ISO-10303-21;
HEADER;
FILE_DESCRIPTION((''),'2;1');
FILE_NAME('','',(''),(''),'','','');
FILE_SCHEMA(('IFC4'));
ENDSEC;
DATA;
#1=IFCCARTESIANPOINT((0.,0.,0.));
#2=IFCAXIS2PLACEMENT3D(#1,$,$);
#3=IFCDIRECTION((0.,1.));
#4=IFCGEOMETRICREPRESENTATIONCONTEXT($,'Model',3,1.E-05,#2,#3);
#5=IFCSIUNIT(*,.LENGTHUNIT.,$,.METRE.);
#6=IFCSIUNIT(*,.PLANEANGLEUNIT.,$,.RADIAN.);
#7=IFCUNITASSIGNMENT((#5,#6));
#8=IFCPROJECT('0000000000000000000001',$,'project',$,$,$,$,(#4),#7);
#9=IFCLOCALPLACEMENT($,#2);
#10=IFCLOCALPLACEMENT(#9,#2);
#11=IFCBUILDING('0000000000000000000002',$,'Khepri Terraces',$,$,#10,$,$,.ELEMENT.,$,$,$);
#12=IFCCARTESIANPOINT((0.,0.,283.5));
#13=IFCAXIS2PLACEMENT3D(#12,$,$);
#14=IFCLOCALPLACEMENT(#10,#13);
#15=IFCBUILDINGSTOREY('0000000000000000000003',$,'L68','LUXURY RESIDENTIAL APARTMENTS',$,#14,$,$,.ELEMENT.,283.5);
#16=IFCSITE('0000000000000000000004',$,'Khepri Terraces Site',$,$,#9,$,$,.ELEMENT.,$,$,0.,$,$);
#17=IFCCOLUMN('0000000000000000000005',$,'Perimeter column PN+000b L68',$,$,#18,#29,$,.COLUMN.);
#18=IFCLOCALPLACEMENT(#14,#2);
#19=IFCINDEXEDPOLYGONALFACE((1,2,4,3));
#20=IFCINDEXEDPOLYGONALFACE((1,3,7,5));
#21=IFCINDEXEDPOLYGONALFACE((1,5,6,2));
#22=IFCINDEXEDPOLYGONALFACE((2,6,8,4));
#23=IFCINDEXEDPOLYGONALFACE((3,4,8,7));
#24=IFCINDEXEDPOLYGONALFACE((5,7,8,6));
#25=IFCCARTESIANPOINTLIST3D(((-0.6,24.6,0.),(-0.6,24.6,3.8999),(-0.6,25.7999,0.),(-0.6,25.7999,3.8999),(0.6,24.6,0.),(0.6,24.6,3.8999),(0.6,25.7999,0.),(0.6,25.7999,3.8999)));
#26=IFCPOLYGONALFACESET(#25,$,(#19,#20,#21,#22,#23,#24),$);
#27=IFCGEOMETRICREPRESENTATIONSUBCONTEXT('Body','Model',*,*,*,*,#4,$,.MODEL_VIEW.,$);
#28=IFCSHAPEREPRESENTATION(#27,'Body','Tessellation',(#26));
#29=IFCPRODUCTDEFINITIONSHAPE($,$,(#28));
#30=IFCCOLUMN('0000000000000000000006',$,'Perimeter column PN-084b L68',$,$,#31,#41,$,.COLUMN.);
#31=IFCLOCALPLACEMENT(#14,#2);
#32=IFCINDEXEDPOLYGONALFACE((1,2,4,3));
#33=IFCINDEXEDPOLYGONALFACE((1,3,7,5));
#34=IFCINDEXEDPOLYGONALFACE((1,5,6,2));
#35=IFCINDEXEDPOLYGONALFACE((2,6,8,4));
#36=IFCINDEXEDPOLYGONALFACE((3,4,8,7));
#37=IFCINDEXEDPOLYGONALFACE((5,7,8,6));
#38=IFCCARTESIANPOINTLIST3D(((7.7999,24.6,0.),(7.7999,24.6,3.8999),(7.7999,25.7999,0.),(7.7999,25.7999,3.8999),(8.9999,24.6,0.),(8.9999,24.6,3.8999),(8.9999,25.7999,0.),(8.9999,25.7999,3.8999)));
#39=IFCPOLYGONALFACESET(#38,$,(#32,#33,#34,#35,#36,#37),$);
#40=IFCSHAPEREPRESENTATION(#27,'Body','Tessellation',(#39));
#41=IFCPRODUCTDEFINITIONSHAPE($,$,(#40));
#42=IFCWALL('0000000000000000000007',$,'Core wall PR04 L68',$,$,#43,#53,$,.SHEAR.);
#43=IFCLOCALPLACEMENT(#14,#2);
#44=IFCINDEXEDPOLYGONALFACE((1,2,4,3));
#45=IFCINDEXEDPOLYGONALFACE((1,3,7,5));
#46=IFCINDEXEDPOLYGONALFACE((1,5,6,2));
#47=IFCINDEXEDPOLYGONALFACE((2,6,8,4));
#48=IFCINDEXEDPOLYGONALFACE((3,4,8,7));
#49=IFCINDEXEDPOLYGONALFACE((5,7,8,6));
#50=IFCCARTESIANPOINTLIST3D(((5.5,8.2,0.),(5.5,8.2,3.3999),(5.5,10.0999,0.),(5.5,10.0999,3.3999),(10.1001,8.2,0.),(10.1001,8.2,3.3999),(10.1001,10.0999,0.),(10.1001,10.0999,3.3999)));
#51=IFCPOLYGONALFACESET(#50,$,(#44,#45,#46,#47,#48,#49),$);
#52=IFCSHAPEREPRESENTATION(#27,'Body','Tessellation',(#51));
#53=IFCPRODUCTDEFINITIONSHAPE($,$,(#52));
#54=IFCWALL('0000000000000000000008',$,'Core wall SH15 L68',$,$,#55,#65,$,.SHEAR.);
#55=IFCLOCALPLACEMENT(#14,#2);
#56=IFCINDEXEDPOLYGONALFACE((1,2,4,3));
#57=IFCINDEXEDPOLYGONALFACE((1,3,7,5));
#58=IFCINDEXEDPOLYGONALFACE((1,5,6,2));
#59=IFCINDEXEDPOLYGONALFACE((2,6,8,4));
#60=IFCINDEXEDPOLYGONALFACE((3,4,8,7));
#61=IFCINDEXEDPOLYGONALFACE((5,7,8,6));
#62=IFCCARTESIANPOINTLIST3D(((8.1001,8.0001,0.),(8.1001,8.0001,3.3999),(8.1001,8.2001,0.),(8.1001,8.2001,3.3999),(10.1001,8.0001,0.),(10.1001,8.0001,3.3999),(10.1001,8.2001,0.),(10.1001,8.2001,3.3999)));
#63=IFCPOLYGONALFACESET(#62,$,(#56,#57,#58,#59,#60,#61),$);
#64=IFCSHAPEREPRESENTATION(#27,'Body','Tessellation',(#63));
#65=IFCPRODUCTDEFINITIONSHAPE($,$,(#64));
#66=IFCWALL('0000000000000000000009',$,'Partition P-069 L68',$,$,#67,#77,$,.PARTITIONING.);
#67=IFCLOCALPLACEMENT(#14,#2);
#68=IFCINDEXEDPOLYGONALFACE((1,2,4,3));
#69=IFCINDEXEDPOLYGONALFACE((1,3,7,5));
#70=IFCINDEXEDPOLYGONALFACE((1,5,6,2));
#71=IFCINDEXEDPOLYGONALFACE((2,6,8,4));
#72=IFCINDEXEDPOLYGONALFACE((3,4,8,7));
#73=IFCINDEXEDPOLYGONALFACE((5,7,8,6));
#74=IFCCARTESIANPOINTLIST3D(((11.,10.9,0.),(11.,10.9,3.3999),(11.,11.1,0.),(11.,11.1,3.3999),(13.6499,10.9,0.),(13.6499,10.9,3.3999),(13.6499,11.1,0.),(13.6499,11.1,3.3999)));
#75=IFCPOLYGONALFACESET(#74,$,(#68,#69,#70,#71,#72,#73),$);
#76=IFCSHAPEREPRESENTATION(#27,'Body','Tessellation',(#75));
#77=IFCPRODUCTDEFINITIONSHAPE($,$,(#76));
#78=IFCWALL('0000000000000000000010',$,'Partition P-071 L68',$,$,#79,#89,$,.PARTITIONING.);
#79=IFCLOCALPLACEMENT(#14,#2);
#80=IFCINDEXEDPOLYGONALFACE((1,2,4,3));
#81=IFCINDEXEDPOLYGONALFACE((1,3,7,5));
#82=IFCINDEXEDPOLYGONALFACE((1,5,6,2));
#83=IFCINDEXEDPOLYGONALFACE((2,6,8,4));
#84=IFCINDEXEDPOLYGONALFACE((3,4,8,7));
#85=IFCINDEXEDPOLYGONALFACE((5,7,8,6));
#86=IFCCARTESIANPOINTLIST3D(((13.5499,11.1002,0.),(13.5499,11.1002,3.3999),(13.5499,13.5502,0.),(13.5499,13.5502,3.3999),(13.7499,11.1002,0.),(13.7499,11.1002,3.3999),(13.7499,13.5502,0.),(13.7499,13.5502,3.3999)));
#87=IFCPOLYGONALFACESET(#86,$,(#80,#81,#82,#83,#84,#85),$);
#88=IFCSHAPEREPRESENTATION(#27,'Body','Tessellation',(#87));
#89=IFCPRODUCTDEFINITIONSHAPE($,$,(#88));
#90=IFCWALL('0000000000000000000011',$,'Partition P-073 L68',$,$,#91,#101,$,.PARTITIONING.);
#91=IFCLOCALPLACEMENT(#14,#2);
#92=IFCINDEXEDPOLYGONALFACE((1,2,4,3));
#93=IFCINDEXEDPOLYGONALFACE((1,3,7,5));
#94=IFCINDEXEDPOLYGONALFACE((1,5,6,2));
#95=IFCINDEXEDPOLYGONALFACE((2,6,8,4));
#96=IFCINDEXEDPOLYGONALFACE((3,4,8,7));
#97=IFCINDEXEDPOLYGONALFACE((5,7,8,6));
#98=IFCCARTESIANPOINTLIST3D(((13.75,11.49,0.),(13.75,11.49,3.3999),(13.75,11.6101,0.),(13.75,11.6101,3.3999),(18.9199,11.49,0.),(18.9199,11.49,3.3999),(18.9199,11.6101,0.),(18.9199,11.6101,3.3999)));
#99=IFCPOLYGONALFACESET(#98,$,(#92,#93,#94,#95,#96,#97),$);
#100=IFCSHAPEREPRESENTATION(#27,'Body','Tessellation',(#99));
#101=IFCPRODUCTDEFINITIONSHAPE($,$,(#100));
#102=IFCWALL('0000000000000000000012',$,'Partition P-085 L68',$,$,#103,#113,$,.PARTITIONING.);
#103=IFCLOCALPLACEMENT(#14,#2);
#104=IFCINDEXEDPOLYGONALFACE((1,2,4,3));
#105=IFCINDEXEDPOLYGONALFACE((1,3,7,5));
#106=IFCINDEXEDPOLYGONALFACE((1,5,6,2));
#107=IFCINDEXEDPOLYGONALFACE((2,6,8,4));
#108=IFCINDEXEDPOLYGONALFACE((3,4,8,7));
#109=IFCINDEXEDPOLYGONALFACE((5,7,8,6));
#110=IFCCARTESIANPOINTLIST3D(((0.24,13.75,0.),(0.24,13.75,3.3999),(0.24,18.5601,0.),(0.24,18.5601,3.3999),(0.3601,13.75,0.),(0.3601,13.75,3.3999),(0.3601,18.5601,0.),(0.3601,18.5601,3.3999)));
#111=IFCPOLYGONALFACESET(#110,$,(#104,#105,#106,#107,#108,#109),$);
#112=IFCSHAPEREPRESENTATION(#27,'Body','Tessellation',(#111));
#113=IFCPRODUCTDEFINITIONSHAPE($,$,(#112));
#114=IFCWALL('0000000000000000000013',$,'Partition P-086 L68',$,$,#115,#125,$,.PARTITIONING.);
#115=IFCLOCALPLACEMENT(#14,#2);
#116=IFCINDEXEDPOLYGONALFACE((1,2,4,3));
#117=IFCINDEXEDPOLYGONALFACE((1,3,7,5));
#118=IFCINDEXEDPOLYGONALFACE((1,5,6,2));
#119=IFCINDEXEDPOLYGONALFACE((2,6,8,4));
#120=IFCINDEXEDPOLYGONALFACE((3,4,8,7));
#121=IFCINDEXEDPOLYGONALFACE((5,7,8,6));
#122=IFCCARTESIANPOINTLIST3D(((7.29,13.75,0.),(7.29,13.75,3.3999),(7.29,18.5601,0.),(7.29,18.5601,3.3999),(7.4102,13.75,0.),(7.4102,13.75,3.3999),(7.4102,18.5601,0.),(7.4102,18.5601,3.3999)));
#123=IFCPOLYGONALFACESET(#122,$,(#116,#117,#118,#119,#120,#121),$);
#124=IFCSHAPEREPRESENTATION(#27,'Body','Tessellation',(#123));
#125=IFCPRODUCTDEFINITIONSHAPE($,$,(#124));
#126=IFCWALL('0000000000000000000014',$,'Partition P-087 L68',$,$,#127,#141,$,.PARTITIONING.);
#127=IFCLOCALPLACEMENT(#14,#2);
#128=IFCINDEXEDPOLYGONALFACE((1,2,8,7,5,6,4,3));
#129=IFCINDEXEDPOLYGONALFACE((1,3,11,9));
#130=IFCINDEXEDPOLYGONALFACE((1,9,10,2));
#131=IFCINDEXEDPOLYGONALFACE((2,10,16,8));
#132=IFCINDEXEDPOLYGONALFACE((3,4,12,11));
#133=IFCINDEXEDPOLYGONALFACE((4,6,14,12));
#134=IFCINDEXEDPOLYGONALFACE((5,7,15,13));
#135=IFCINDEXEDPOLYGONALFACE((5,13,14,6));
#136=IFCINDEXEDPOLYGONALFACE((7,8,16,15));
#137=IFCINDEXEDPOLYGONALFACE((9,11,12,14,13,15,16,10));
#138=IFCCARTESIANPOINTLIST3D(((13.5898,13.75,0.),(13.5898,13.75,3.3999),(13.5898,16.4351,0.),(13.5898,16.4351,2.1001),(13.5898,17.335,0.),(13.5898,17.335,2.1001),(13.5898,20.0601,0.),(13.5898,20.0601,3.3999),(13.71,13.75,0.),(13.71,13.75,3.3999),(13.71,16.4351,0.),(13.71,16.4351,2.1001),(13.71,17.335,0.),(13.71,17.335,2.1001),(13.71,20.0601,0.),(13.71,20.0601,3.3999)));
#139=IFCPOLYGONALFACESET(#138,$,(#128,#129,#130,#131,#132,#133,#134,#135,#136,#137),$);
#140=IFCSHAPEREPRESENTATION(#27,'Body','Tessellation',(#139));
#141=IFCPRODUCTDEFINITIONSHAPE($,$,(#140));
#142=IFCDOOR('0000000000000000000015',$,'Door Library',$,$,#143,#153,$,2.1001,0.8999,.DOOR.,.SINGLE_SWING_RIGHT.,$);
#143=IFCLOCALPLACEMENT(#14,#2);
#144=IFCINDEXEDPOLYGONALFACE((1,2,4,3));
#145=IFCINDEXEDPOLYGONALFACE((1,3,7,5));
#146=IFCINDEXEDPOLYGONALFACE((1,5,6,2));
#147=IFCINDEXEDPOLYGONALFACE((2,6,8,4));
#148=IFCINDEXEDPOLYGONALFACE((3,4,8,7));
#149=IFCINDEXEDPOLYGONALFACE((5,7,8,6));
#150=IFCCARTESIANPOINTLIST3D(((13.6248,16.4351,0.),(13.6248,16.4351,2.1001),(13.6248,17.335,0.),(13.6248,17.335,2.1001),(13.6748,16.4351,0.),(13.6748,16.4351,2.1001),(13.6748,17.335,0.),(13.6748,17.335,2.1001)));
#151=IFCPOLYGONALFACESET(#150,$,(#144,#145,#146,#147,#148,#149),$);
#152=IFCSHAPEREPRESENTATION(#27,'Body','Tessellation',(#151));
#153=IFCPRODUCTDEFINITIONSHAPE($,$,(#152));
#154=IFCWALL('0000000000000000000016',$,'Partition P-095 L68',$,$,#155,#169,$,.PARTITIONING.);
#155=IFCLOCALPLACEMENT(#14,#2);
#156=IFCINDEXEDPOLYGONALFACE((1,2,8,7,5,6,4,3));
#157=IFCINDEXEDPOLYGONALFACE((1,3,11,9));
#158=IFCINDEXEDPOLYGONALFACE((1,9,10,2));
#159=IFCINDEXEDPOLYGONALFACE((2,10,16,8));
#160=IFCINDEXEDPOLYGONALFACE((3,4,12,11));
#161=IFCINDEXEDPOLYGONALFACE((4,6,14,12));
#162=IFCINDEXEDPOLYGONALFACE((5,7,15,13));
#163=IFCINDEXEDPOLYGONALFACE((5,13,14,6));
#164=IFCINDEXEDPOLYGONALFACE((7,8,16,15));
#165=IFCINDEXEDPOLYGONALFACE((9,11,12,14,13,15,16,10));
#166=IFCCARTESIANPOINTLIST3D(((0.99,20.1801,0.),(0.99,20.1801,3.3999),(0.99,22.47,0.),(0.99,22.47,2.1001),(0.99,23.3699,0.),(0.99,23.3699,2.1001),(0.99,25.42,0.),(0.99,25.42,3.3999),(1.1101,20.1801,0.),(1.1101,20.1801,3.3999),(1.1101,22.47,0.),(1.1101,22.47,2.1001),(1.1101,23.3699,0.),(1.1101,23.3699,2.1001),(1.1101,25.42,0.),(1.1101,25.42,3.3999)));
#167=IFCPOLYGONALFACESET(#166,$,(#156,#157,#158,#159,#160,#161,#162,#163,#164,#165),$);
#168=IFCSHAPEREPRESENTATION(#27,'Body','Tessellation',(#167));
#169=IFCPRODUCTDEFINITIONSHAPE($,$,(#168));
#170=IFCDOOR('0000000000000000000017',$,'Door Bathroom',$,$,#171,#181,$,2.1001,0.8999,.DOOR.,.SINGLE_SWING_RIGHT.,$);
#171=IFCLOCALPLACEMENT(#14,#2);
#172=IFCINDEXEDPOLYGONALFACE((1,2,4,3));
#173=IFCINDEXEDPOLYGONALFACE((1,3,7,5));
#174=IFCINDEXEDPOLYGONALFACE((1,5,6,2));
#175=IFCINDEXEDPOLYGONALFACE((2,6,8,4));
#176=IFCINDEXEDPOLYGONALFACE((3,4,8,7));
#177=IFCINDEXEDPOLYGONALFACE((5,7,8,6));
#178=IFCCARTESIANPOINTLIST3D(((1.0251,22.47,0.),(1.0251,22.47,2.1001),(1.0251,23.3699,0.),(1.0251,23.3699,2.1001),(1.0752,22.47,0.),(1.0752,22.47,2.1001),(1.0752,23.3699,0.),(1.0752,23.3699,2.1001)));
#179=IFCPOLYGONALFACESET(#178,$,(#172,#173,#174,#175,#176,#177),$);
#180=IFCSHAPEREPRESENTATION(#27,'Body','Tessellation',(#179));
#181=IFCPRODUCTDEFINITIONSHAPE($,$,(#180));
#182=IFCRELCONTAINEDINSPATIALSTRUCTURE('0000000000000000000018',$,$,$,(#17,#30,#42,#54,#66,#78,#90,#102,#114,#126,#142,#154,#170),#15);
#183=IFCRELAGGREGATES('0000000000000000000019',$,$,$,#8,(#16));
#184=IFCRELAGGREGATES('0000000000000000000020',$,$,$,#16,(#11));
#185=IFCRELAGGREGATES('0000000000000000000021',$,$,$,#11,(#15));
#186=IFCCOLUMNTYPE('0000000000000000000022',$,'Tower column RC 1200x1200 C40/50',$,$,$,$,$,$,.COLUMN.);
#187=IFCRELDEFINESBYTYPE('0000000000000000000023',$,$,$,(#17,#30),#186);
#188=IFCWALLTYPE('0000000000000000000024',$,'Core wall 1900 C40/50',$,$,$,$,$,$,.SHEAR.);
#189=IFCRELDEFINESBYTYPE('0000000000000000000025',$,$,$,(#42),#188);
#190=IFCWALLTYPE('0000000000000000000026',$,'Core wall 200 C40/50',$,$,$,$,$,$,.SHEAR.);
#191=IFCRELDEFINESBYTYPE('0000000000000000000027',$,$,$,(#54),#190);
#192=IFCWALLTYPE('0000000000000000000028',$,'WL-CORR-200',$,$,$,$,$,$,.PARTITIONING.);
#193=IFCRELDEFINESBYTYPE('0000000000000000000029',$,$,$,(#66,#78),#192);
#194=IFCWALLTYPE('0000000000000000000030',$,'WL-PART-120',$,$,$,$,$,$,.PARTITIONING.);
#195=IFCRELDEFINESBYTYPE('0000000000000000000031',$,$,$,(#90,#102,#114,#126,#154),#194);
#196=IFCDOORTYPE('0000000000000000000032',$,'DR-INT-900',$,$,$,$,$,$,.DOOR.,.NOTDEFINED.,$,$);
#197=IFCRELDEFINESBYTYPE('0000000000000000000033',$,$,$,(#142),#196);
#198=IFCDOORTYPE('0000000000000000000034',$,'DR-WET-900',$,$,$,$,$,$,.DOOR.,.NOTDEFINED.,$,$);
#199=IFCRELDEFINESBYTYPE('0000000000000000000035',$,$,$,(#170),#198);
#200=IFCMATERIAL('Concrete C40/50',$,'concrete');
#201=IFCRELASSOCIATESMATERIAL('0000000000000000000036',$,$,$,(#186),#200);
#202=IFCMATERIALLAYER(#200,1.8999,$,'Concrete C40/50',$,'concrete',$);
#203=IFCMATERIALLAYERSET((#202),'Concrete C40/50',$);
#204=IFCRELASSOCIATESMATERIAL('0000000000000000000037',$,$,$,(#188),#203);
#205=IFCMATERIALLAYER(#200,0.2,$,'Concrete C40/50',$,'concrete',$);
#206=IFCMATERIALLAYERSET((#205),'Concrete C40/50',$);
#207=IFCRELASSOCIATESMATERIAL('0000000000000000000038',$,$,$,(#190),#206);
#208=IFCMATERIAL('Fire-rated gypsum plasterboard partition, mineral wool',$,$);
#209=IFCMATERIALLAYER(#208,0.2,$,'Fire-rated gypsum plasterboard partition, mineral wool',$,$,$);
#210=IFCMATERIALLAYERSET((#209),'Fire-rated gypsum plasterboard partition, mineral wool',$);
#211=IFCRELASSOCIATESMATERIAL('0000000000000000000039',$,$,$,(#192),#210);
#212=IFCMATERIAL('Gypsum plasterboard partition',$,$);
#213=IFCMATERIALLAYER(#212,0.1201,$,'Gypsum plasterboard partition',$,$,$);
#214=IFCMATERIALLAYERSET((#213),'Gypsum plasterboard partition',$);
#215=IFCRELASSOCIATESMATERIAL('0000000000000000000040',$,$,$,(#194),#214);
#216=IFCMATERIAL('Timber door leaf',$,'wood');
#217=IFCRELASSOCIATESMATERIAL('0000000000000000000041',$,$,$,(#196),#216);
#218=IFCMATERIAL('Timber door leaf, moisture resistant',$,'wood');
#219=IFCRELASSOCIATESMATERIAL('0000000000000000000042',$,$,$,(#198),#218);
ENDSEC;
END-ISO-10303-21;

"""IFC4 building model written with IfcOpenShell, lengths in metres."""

from ifc_helpers import new_model, si_unit, direction, frame, frame_2d, origin, origin_2d, place, context, subcontext, project, spatial, rectangle, extrude, material, layer, layer_set, material_profile, profile_set, type_object, element, fill, save


model = new_model("IFC4")

# Units and contexts
model_context = context("Model", 3, precision=1e-05, world=origin(), true_north=direction((0.0, 1.0)))
body_context = subcontext(model_context, "Body", "Model", "MODEL_VIEW")
ifc_project = project(units=[si_unit("LENGTHUNIT", "METRE"), si_unit("PLANEANGLEUNIT", "RADIAN")], contexts=[model_context])

# Site, building, storey
site_placement = place(None, origin())
site = spatial("IfcSite", under=ifc_project, at=site_placement, Name="Khepri Terraces Site", CompositionType="ELEMENT", RefElevation=0.0)
building_placement = place(site_placement, origin())
building = spatial("IfcBuilding", under=site, at=building_placement, Name="Khepri Terraces", CompositionType="ELEMENT")
storey_placement = place(building_placement, frame((0.0, 0.0, 283.5)))
storey = spatial("IfcBuildingStorey", under=building, at=storey_placement, Name="L68", Description="LUXURY RESIDENTIAL APARTMENTS", CompositionType="ELEMENT", Elevation=283.5)

# Columns
ifc_material_1 = material(Name="Concrete C40/50", Category="concrete")
ifc_material_profile = material_profile(ifc_material_1, rectangle(XDim=1.2, YDim=1.2, at=origin_2d()), Name="Concrete C40/50", Category="concrete")
ifc_profile_set = profile_set([ifc_material_profile], Name="Concrete C40/50")
column_type = type_object("IfcColumnType", Name="Tower column RC 1200x1200 C40/50", PredefinedType="COLUMN", material=ifc_profile_set)
for number, where, z_axis, x_axis, name in (
    (1, (0.0, 25.2, 0.0), (0.0, 0.0, 1.0), (1.0, 0.0, 0.0), "Perimeter column PN+000b L68"),
    (2, (8.3999, 25.2, 0.0), (0.0, 0.0, 1.0), (1.0, 0.0, 0.0), "Perimeter column PN-084b L68"),
):
    element("IfcColumn", number, at=place(storey_placement, frame(where, z_axis=z_axis, x_axis=x_axis)), inside=storey, type_object=column_type, Name=name, PredefinedType="COLUMN", context=body_context, shape_type="SweptSolid", body=[
        extrude(rectangle(XDim=1.2, YDim=1.2, at=origin_2d()), origin(), (0.0, 0.0, 1.0), 3.8999),
    ])

# Walls
ifc_layer_1 = layer(ifc_material_1, 1.8999, Name="Concrete C40/50", Category="concrete")
ifc_layer_set_1 = layer_set([ifc_layer_1], Name="Concrete C40/50")
wall_type_1 = type_object("IfcWallType", Name="Core wall 1900 C40/50", PredefinedType="SHEAR", material=ifc_layer_set_1)
wall_1_placement = place(storey_placement, frame((5.5, 9.1499, 0.0), z_axis=(0.0, 0.0, 1.0), x_axis=(1.0, 0.0, 0.0)))
element("IfcWall", 3, at=wall_1_placement, inside=storey, type_object=wall_type_1, Name="Core wall PR04 L68", PredefinedType="SHEAR", context=body_context, shape_type="SweptSolid", body=[
    extrude(rectangle(XDim=4.6001, YDim=1.8999, at=frame_2d((2.3, 0.0))), origin(), (0.0, 0.0, 1.0), 3.3999),
])
ifc_layer_2 = layer(ifc_material_1, 0.2, Name="Concrete C40/50", Category="concrete")
ifc_layer_set_2 = layer_set([ifc_layer_2], Name="Concrete C40/50")
wall_type_2 = type_object("IfcWallType", Name="Core wall 200 C40/50", PredefinedType="SHEAR", material=ifc_layer_set_2)
wall_2_placement = place(storey_placement, frame((8.1001, 8.1001, 0.0), z_axis=(0.0, 0.0, 1.0), x_axis=(1.0, 0.0, 0.0)))
element("IfcWall", 4, at=wall_2_placement, inside=storey, type_object=wall_type_2, Name="Core wall SH15 L68", PredefinedType="SHEAR", context=body_context, shape_type="SweptSolid", body=[
    extrude(rectangle(XDim=2.0, YDim=0.2, at=frame_2d((1.0, 0.0))), origin(), (0.0, 0.0, 1.0), 3.3999),
])
ifc_material_2 = material(Name="Fire-rated gypsum plasterboard partition, mineral wool")
ifc_layer_3 = layer(ifc_material_2, 0.2, Name="Fire-rated gypsum plasterboard partition, mineral wool")
ifc_layer_set_3 = layer_set([ifc_layer_3], Name="Fire-rated gypsum plasterboard partition, mineral wool")
wall_type_3 = type_object("IfcWallType", Name="WL-CORR-200", PredefinedType="PARTITIONING", material=ifc_layer_set_3)
wall_3_placement = place(storey_placement, frame((11.0, 11.0, 0.0), z_axis=(0.0, 0.0, 1.0), x_axis=(1.0, 0.0, 0.0)))
element("IfcWall", 5, at=wall_3_placement, inside=storey, type_object=wall_type_3, Name="Partition P-069 L68", PredefinedType="PARTITIONING", context=body_context, shape_type="SweptSolid", body=[
    extrude(rectangle(XDim=2.6499, YDim=0.2, at=frame_2d((1.325, 0.0))), origin(), (0.0, 0.0, 1.0), 3.3999),
])
wall_4_placement = place(storey_placement, frame((13.6499, 11.1001, 0.0), z_axis=(0.0, 0.0, 1.0), x_axis=(0.0, 1.0, 0.0)))
element("IfcWall", 6, at=wall_4_placement, inside=storey, type_object=wall_type_3, Name="Partition P-071 L68", PredefinedType="PARTITIONING", context=body_context, shape_type="SweptSolid", body=[
    extrude(rectangle(XDim=2.45, YDim=0.2, at=frame_2d((1.2251, 0.0))), origin(), (0.0, 0.0, 1.0), 3.3999),
])

# Walls
ifc_material_3 = material(Name="Gypsum plasterboard partition")
ifc_layer_4 = layer(ifc_material_3, 0.1201, Name="Gypsum plasterboard partition")
ifc_layer_set_4 = layer_set([ifc_layer_4], Name="Gypsum plasterboard partition")
wall_type_4 = type_object("IfcWallType", Name="WL-PART-120", PredefinedType="PARTITIONING", material=ifc_layer_set_4)
wall_5_placement = place(storey_placement, frame((13.75, 11.55, 0.0), z_axis=(0.0, 0.0, 1.0), x_axis=(1.0, 0.0, 0.0)))
element("IfcWall", 7, at=wall_5_placement, inside=storey, type_object=wall_type_4, Name="Partition P-073 L68", PredefinedType="PARTITIONING", context=body_context, shape_type="SweptSolid", body=[
    extrude(rectangle(XDim=5.1699, YDim=0.1201, at=frame_2d((2.585, 0.0))), origin(), (0.0, 0.0, 1.0), 3.3999),
])
for number, where, z_axis, x_axis, name in (
    (8, (0.3, 13.75, 0.0), (0.0, 0.0, 1.0), (0.0, 1.0, 0.0), "Partition P-085 L68"),
    (9, (7.3501, 13.75, 0.0), (0.0, 0.0, 1.0), (0.0, 1.0, 0.0), "Partition P-086 L68"),
):
    element("IfcWall", number, at=place(storey_placement, frame(where, z_axis=z_axis, x_axis=x_axis)), inside=storey, type_object=wall_type_4, Name=name, PredefinedType="PARTITIONING", context=body_context, shape_type="SweptSolid", body=[
        extrude(rectangle(XDim=4.8101, YDim=0.1201, at=frame_2d((2.405, 0.0))), origin(), (0.0, 0.0, 1.0), 3.3999),
    ])

# Walls, openings, doors
wall_6_placement = place(storey_placement, frame((13.6499, 13.75, 0.0), z_axis=(0.0, 0.0, 1.0), x_axis=(0.0, 1.0, 0.0)))
wall_6 = element("IfcWall", 10, at=wall_6_placement, inside=storey, type_object=wall_type_4, Name="Partition P-087 L68", PredefinedType="PARTITIONING", context=body_context, shape_type="SweptSolid", body=[
    extrude(rectangle(XDim=6.3101, YDim=0.1201, at=frame_2d((3.155, 0.0))), origin(), (0.0, 0.0, 1.0), 3.3999),
])
opening_1_placement = place(wall_6_placement, frame((2.6851, 0.0, 0.0)))
opening_1 = element("IfcOpeningElement", 11, at=opening_1_placement, cuts=wall_6, PredefinedType="OPENING", context=body_context, shape_type="SweptSolid", body=[
    extrude(rectangle(XDim=0.8999, YDim=2.1001, at=frame_2d((0.45, 1.05))), frame((0.0, 0.0701, 0.0), z_axis=(0.0, -1.0, 0.0), x_axis=(1.0, 0.0, 0.0)), (0.0, 0.0, 1.0), 0.1401),
])
ifc_material_4 = material(Name="Timber door leaf", Category="wood")
door_type_1 = type_object("IfcDoorType", Name="DR-INT-900", OperationType="NOTDEFINED", PredefinedType="DOOR", material=ifc_material_4)
door_1_placement = place(opening_1_placement, frame((0.8999, 0.0, 0.0), z_axis=(0.0, 0.0, 1.0), x_axis=(-1.0, 0.0, 0.0)))
door_1 = element("IfcDoor", 12, at=door_1_placement, inside=storey, type_object=door_type_1, Name="Door Library", OperationType="SINGLE_SWING_RIGHT", OverallHeight=2.1001, OverallWidth=0.8999, PredefinedType="DOOR", context=body_context, shape_type="SweptSolid", body=[
    extrude(rectangle(XDim=0.8999, YDim=2.1001, at=frame_2d((0.45, 1.05))), frame((0.0, 0.0249, 0.0), z_axis=(0.0, -1.0, 0.0), x_axis=(1.0, 0.0, 0.0)), (0.0, 0.0, 1.0), 0.05),
])
fill(opening_1, door_1)
wall_7_placement = place(storey_placement, frame((1.05, 20.1799, 0.0), z_axis=(0.0, 0.0, 1.0), x_axis=(0.0, 1.0, 0.0)))
wall_7 = element("IfcWall", 13, at=wall_7_placement, inside=storey, type_object=wall_type_4, Name="Partition P-095 L68", PredefinedType="PARTITIONING", context=body_context, shape_type="SweptSolid", body=[
    extrude(rectangle(XDim=5.24, YDim=0.1201, at=frame_2d((2.6201, 0.0))), origin(), (0.0, 0.0, 1.0), 3.3999),
])
opening_2_placement = place(wall_7_placement, frame((2.29, 0.0, 0.0)))
opening_2 = element("IfcOpeningElement", 14, at=opening_2_placement, cuts=wall_7, PredefinedType="OPENING", context=body_context, shape_type="SweptSolid", body=[
    extrude(rectangle(XDim=0.8999, YDim=2.1001, at=frame_2d((0.45, 1.05))), frame((0.0, 0.0701, 0.0), z_axis=(0.0, -1.0, 0.0), x_axis=(1.0, 0.0, 0.0)), (0.0, 0.0, 1.0), 0.1401),
])
ifc_material_5 = material(Name="Timber door leaf, moisture resistant", Category="wood")
door_type_2 = type_object("IfcDoorType", Name="DR-WET-900", OperationType="NOTDEFINED", PredefinedType="DOOR", material=ifc_material_5)
door_2_placement = place(opening_2_placement, origin())
door_2 = element("IfcDoor", 15, at=door_2_placement, inside=storey, type_object=door_type_2, Name="Door Bathroom", OperationType="SINGLE_SWING_RIGHT", OverallHeight=2.1001, OverallWidth=0.8999, PredefinedType="DOOR", context=body_context, shape_type="SweptSolid", body=[
    extrude(rectangle(XDim=0.8999, YDim=2.1001, at=frame_2d((0.45, 1.05))), frame((0.0, 0.0249, 0.0), z_axis=(0.0, -1.0, 0.0), x_axis=(1.0, 0.0, 0.0)), (0.0, 0.0, 1.0), 0.05),
])
fill(opening_2, door_2)

save(model, "model.ifc")
